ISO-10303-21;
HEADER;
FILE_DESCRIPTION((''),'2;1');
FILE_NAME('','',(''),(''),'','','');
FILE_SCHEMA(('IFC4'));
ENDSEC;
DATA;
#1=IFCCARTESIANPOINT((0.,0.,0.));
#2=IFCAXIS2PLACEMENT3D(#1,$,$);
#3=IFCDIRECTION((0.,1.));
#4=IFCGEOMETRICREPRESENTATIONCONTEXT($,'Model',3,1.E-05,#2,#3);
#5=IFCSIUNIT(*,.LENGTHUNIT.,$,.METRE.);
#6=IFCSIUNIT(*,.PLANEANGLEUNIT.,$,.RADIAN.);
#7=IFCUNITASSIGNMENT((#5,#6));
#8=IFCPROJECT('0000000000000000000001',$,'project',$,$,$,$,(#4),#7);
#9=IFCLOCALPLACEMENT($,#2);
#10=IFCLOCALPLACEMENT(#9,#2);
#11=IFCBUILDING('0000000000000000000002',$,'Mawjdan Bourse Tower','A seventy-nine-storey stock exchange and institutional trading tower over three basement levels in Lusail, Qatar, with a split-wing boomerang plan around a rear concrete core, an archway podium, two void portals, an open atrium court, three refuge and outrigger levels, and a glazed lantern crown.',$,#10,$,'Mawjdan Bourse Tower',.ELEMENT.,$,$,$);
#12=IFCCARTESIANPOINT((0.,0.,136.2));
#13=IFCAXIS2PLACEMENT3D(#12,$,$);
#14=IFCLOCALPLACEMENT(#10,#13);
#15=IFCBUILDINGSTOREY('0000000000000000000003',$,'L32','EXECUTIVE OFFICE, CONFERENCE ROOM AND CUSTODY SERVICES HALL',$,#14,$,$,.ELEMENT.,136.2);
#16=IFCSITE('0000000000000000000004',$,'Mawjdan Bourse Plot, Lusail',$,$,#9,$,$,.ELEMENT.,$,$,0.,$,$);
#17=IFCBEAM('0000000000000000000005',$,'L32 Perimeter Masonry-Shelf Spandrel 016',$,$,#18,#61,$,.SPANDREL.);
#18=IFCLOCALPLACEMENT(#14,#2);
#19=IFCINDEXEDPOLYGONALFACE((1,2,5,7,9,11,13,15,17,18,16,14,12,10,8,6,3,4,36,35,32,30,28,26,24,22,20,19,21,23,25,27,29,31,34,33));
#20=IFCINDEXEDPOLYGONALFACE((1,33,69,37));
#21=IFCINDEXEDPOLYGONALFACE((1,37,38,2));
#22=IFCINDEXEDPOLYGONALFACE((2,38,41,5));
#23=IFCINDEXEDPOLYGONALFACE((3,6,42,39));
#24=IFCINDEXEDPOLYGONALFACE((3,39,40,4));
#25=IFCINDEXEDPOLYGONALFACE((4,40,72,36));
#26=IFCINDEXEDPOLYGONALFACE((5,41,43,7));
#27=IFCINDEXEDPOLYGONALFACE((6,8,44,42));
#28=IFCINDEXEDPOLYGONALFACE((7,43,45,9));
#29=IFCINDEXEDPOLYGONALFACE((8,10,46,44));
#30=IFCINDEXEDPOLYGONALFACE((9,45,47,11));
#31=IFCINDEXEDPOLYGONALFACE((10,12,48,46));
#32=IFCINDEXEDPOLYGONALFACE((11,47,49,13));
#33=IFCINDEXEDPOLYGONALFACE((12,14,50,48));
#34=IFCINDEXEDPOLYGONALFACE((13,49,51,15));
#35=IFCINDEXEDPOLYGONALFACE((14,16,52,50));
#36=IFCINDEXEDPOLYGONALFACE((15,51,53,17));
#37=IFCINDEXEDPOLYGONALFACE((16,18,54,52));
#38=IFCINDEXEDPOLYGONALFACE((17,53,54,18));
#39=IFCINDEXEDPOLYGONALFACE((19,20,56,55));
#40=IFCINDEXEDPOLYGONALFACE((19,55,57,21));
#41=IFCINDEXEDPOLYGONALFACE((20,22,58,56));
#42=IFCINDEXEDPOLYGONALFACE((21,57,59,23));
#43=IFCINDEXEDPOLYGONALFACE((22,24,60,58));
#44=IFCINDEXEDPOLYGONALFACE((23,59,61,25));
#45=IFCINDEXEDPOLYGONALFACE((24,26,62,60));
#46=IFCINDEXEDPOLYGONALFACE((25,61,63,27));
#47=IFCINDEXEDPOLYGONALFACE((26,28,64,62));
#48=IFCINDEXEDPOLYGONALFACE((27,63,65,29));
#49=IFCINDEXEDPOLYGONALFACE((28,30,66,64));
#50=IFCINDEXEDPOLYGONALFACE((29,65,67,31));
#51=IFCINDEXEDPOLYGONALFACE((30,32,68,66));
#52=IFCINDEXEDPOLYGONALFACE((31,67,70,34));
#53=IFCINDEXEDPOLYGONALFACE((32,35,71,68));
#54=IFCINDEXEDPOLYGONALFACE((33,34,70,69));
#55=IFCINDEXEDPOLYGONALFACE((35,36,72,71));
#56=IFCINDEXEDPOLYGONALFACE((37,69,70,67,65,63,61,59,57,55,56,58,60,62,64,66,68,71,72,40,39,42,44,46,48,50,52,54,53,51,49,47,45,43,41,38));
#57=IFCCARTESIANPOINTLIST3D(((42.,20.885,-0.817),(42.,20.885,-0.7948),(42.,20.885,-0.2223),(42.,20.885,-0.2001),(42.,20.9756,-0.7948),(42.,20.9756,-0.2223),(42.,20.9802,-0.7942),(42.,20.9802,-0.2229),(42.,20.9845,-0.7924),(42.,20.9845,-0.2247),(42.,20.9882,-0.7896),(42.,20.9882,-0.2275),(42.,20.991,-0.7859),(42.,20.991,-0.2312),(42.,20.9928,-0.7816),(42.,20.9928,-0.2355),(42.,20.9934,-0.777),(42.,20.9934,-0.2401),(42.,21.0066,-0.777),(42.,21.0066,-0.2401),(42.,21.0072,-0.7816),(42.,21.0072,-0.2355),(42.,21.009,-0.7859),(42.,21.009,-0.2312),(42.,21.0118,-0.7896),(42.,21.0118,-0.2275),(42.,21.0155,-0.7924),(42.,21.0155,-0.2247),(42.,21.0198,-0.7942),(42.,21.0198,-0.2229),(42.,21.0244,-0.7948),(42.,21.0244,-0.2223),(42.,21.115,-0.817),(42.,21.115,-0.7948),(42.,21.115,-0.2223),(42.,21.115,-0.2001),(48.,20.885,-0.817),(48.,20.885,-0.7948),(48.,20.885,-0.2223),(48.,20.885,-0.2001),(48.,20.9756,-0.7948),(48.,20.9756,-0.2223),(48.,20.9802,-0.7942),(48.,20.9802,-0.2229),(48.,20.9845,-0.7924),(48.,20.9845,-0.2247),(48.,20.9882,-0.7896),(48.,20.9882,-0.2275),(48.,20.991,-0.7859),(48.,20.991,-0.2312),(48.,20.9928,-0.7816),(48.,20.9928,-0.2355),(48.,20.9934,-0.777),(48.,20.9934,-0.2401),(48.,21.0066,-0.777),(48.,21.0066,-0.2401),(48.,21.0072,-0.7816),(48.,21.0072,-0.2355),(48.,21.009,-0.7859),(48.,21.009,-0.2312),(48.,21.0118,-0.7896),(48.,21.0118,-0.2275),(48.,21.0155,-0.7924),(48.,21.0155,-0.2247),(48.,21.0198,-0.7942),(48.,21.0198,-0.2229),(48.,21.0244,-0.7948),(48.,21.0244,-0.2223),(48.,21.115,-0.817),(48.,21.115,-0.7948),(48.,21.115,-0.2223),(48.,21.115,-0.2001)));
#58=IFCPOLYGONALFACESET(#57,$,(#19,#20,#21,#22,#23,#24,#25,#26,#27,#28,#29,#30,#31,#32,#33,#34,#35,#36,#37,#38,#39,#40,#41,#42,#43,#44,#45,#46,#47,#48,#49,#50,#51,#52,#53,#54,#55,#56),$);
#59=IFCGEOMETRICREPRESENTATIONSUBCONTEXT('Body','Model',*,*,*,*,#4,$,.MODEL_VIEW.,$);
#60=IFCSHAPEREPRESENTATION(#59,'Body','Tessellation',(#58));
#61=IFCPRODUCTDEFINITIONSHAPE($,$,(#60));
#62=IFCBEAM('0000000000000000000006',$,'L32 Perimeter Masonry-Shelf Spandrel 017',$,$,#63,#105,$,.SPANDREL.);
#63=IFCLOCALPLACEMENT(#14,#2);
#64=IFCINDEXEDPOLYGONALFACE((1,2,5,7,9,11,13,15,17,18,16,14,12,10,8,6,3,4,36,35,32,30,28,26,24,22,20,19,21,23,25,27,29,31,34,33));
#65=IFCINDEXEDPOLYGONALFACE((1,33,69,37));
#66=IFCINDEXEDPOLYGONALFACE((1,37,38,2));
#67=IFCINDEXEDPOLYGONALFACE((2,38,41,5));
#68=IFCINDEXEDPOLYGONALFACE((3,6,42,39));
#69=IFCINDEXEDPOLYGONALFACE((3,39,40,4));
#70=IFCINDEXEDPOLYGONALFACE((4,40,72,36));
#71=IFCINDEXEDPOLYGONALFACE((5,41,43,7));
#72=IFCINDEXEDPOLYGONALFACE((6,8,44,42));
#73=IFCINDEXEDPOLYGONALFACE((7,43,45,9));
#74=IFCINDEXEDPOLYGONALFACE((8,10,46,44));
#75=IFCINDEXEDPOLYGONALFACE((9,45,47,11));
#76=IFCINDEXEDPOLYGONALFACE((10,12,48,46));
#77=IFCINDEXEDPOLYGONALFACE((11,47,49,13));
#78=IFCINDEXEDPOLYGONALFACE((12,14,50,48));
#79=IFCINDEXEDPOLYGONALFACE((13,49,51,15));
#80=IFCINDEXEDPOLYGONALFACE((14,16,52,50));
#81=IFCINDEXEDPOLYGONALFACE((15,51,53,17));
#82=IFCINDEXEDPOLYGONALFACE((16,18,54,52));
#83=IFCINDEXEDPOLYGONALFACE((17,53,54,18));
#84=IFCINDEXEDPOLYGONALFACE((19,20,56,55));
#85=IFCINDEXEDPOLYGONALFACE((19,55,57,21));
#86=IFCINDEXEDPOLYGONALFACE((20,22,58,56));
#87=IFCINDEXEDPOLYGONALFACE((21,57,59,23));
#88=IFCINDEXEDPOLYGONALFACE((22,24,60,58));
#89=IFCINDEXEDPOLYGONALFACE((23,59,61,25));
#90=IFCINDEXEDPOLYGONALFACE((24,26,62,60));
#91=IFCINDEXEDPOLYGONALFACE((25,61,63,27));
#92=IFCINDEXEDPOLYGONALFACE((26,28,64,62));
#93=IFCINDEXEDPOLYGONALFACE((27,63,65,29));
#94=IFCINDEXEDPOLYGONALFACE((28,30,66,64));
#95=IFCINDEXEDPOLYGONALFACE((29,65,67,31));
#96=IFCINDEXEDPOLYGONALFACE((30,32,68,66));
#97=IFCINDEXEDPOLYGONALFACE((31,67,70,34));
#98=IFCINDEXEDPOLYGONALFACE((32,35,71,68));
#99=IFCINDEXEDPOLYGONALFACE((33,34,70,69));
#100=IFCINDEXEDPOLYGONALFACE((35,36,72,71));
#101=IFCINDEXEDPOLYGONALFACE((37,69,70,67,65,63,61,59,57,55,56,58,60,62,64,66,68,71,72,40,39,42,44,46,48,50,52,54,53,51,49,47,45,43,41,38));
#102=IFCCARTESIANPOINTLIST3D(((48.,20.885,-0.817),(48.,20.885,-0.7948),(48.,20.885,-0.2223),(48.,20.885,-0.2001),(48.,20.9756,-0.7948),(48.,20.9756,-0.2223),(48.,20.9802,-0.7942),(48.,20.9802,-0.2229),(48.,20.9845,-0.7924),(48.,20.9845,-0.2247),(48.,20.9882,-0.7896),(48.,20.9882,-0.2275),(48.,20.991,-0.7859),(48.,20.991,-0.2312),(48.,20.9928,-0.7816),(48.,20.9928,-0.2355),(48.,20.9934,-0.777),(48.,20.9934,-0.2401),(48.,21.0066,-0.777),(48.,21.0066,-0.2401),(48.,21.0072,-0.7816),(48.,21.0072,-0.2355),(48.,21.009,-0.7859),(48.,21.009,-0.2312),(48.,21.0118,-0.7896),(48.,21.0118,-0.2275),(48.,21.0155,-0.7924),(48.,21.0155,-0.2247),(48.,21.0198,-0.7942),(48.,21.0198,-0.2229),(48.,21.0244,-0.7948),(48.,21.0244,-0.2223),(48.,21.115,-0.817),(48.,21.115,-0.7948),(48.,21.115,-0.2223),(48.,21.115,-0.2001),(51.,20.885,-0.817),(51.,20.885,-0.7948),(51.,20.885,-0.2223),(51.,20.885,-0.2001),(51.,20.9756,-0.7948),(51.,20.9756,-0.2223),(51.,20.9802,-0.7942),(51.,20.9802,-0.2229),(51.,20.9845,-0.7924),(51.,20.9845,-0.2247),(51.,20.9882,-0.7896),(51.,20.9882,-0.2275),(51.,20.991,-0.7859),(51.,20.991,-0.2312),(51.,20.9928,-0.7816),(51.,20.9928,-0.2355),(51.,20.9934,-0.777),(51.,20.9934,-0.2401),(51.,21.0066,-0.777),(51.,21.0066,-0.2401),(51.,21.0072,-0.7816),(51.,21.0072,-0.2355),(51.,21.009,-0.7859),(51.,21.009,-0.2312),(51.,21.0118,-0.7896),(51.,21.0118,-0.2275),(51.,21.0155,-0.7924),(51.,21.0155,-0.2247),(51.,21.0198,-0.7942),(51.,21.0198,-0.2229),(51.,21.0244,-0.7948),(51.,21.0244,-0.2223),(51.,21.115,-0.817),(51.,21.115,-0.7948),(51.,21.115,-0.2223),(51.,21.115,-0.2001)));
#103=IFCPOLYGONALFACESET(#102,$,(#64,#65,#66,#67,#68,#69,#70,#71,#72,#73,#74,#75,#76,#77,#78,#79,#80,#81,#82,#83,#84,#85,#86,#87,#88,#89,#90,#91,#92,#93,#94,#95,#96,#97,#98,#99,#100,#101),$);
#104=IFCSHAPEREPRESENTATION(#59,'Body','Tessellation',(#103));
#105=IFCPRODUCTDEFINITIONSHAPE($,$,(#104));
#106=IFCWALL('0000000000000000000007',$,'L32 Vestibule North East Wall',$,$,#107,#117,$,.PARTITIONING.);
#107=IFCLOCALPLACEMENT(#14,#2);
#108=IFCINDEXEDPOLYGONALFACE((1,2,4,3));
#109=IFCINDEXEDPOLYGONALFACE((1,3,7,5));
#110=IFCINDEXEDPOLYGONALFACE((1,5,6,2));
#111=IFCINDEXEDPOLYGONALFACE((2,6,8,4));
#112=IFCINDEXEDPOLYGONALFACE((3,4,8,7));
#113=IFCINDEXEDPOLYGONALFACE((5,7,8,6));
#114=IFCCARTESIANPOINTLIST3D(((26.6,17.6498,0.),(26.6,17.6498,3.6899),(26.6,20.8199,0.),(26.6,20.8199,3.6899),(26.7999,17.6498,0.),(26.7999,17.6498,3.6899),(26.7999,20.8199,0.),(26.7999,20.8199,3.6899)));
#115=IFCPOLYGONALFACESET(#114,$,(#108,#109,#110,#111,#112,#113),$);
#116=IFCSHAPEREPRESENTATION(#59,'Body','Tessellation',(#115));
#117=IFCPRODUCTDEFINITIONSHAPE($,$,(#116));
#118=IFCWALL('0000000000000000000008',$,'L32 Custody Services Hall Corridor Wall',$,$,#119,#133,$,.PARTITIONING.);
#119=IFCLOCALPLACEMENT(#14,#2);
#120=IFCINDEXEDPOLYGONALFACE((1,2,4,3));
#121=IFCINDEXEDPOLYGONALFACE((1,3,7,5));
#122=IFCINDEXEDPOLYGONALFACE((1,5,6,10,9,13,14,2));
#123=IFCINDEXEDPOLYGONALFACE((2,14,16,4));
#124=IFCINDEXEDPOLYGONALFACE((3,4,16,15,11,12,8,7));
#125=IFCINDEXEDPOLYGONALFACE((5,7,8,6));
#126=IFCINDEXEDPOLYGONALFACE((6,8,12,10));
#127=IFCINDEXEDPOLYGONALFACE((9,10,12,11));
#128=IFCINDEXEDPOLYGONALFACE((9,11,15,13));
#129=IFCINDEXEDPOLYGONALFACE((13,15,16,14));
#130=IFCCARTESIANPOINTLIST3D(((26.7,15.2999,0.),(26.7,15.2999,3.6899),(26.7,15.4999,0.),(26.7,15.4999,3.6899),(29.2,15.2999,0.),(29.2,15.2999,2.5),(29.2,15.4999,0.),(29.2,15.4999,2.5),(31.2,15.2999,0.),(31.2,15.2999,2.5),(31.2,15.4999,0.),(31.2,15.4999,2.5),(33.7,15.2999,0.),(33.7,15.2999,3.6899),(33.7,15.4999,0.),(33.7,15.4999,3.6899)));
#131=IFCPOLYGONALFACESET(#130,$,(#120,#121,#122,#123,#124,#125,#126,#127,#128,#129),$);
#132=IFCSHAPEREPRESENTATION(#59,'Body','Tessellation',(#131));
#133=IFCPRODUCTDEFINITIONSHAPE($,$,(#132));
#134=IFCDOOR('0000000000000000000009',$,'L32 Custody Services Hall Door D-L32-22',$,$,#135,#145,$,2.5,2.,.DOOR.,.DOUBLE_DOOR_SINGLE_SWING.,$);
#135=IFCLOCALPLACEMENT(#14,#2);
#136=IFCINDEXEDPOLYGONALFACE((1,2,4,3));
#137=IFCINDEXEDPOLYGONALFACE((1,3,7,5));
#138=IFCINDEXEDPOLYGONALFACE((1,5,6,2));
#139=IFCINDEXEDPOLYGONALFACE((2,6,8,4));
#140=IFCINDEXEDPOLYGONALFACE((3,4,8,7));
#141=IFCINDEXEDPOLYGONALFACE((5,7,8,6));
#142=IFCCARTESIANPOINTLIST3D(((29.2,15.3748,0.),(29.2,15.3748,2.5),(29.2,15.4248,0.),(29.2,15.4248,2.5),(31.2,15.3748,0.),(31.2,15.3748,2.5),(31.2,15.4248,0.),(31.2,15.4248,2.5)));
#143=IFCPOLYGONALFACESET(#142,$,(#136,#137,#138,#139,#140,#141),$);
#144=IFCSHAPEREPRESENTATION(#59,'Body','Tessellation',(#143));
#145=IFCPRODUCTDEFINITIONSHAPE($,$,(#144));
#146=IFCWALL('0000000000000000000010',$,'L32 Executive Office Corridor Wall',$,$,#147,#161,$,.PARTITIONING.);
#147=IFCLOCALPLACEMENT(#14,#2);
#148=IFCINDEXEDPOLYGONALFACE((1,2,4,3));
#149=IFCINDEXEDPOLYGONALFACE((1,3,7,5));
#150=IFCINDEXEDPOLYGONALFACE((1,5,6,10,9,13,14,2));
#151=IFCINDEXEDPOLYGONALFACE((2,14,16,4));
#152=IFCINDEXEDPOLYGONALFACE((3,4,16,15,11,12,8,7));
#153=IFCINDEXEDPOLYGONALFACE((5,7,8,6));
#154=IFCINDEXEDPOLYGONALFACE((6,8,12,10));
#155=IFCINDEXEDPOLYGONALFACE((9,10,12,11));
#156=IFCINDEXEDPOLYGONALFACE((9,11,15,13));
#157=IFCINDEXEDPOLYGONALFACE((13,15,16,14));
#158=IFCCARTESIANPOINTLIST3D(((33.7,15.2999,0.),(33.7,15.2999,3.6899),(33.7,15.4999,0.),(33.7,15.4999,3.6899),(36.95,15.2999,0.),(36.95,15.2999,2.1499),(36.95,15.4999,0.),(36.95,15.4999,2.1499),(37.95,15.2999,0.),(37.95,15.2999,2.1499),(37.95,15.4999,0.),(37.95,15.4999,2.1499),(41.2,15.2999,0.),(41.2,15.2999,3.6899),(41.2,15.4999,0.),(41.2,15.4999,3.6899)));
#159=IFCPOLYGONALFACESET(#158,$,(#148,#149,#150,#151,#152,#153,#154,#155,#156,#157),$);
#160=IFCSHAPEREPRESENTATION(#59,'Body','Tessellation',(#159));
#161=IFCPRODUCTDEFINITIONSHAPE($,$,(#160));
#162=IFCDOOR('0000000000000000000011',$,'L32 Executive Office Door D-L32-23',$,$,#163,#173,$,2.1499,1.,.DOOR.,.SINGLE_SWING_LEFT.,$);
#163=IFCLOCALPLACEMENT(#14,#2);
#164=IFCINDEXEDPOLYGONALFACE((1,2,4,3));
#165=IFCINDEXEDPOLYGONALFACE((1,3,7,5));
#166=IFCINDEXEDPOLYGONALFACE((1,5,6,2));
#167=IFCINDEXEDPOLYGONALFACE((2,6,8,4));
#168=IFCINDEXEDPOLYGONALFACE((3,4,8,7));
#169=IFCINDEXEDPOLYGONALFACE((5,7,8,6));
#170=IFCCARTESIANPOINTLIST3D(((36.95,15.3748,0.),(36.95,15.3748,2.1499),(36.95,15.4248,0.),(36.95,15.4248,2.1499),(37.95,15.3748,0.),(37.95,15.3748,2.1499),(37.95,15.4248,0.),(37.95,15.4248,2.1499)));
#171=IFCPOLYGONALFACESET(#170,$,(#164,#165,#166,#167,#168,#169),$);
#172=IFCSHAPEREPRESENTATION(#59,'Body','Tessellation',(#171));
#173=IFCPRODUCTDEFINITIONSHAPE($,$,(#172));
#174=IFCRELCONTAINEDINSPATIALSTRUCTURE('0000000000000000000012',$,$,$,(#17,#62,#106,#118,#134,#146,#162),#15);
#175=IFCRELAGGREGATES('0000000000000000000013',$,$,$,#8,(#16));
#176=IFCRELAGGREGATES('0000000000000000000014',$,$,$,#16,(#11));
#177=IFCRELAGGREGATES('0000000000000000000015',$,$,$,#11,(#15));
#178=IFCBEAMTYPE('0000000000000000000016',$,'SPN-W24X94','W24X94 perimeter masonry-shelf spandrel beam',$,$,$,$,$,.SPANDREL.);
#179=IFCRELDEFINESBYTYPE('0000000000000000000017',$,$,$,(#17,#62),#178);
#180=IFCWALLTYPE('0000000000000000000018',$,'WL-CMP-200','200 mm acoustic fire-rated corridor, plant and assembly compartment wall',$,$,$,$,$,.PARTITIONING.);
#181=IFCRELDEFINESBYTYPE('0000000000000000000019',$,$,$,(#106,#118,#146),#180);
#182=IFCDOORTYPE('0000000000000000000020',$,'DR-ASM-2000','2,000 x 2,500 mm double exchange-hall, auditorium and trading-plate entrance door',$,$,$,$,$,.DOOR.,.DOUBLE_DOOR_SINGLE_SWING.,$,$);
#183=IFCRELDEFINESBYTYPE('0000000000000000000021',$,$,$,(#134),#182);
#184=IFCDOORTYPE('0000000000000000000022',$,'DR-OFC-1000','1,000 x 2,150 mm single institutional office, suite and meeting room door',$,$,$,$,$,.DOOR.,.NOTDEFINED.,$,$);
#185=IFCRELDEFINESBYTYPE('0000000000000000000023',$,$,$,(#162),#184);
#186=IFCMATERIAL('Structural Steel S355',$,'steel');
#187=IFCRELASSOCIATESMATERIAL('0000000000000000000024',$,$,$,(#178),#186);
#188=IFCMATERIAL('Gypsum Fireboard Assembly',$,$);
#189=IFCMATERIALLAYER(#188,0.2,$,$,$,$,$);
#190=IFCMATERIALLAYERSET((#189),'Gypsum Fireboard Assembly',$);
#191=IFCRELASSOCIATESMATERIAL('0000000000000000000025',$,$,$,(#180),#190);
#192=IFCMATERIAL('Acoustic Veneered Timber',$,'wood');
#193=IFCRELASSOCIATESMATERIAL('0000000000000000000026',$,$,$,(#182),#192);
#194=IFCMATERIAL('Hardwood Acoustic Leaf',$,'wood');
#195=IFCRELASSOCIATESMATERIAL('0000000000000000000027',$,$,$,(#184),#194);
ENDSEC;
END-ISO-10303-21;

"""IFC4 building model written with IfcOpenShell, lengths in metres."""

from ifc_helpers import new_model, si_unit, direction, frame, frame_2d, origin, origin_2d, place, context, subcontext, project, spatial, rectangle, i_section, extrude, material, layer, layer_set, material_profile, profile_set, type_object, element, fill, save


model = new_model("IFC4")

# Units and contexts
model_context = context("Model", 3, precision=1e-05, world=origin(), true_north=direction((0.0, 1.0)))
body_context = subcontext(model_context, "Body", "Model", "MODEL_VIEW")
ifc_project = project(units=[si_unit("LENGTHUNIT", "METRE"), si_unit("PLANEANGLEUNIT", "RADIAN")], contexts=[model_context])

# Site, building, storey
site_placement = place(None, origin())
site = spatial("IfcSite", under=ifc_project, at=site_placement, Name="Mawjdan Bourse Plot, Lusail", CompositionType="ELEMENT", RefElevation=0.0)
building_placement = place(site_placement, origin())
building = spatial("IfcBuilding", under=site, at=building_placement, Name="Mawjdan Bourse Tower", Description="A seventy-nine-storey stock exchange and institutional trading tower over three basement levels in Lusail, Qatar, with a split-wing boomerang plan around a rear concrete core, an archway podium, two void portals, an open atrium court, three refuge and outrigger levels, and a glazed lantern crown.", LongName="Mawjdan Bourse Tower", CompositionType="ELEMENT")
storey_placement = place(building_placement, frame((0.0, 0.0, 136.2)))
storey = spatial("IfcBuildingStorey", under=building, at=storey_placement, Name="L32", Description="EXECUTIVE OFFICE, CONFERENCE ROOM AND CUSTODY SERVICES HALL", CompositionType="ELEMENT", Elevation=136.2)

# Beams
ifc_material_1 = material(Name="Structural Steel S355", Category="steel")
ifc_material_profile_1 = material_profile(ifc_material_1, i_section(OverallWidth=0.23, OverallDepth=0.6169, WebThickness=0.0132, FlangeThickness=0.0222, FilletRadius=0.0178, at=origin_2d()), Name="W24X94")
ifc_profile_set_1 = profile_set([ifc_material_profile_1], Name="Structural Steel S355")
beam_type_1 = type_object("IfcBeamType", Name="SPN-W24X94", Description="W24X94 perimeter masonry-shelf spandrel beam", PredefinedType="SPANDREL", material=ifc_profile_set_1)
beam_1_placement = place(storey_placement, frame((42.0, 21.0, -0.5085), z_axis=(1.0, 0.0, 0.0), x_axis=(0.0, 1.0, 0.0)))
element("IfcBeam", 1, at=beam_1_placement, inside=storey, type_object=beam_type_1, Name="L32 Perimeter Masonry-Shelf Spandrel 016", PredefinedType="SPANDREL", context=body_context, shape_type="SweptSolid", body=[
    extrude(i_section(OverallWidth=0.23, OverallDepth=0.6169, WebThickness=0.0132, FlangeThickness=0.0222, FilletRadius=0.0178, at=origin_2d()), origin(), (0.0, 0.0, 1.0), 6.0),
])
beam_2_placement = place(storey_placement, frame((48.0, 21.0, -0.5085), z_axis=(1.0, 0.0, 0.0), x_axis=(0.0, 1.0, 0.0)))
element("IfcBeam", 2, at=beam_2_placement, inside=storey, type_object=beam_type_1, Name="L32 Perimeter Masonry-Shelf Spandrel 017", PredefinedType="SPANDREL", context=body_context, shape_type="SweptSolid", body=[
    extrude(i_section(OverallWidth=0.23, OverallDepth=0.6169, WebThickness=0.0132, FlangeThickness=0.0222, FilletRadius=0.0178, at=origin_2d()), origin(), (0.0, 0.0, 1.0), 3.0),
])

# Wall
ifc_material_2 = material(Name="Gypsum Fireboard Assembly")
ifc_layer_1 = layer(ifc_material_2, 0.2)
ifc_layer_set_1 = layer_set([ifc_layer_1], Name="Gypsum Fireboard Assembly")
wall_type_1 = type_object("IfcWallType", Name="WL-CMP-200", Description="200 mm acoustic fire-rated corridor, plant and assembly compartment wall", PredefinedType="PARTITIONING", material=ifc_layer_set_1)
wall_1_placement = place(storey_placement, frame((26.7, 17.6499, 0.0), z_axis=(0.0, 0.0, 1.0), x_axis=(0.0, 1.0, 0.0)))
element("IfcWall", 3, at=wall_1_placement, inside=storey, type_object=wall_type_1, Name="L32 Vestibule North East Wall", PredefinedType="PARTITIONING", context=body_context, shape_type="SweptSolid", body=[
    extrude(rectangle(XDim=3.1702, YDim=0.2, at=frame_2d((1.585, 0.0))), origin(), (0.0, 0.0, 1.0), 3.6899),
])

# Walls, openings, doors
wall_2_placement = place(storey_placement, frame((26.7, 15.3999, 0.0), z_axis=(0.0, 0.0, 1.0), x_axis=(1.0, 0.0, 0.0)))
wall_2 = element("IfcWall", 4, at=wall_2_placement, inside=storey, type_object=wall_type_1, Name="L32 Custody Services Hall Corridor Wall", PredefinedType="PARTITIONING", context=body_context, shape_type="SweptSolid", body=[
    extrude(rectangle(XDim=7.0, YDim=0.2, at=frame_2d((3.5, 0.0))), origin(), (0.0, 0.0, 1.0), 3.6899),
])
opening_1_placement = place(wall_2_placement, frame((2.5, 0.0, 0.0)))
opening_1 = element("IfcOpeningElement", 5, at=opening_1_placement, cuts=wall_2, PredefinedType="OPENING", context=body_context, shape_type="SweptSolid", body=[
    extrude(rectangle(XDim=2.0, YDim=2.5, at=frame_2d((1.0, 1.25))), frame((0.0, 0.1099, 0.0), z_axis=(0.0, -1.0, 0.0), x_axis=(1.0, 0.0, 0.0)), (0.0, 0.0, 1.0), 0.22),
])
ifc_material_3 = material(Name="Acoustic Veneered Timber", Category="wood")
door_type_1 = type_object("IfcDoorType", Name="DR-ASM-2000", Description="2,000 x 2,500 mm double exchange-hall, auditorium and trading-plate entrance door", OperationType="DOUBLE_DOOR_SINGLE_SWING", PredefinedType="DOOR", material=ifc_material_3)
door_1_placement = place(opening_1_placement, origin())
door_1 = element("IfcDoor", 6, at=door_1_placement, inside=storey, type_object=door_type_1, Name="L32 Custody Services Hall Door D-L32-22", OperationType="DOUBLE_DOOR_SINGLE_SWING", OverallHeight=2.5, OverallWidth=2.0, PredefinedType="DOOR", context=body_context, shape_type="SweptSolid", body=[
    extrude(rectangle(XDim=2.0, YDim=2.5, at=frame_2d((1.0, 1.25))), frame((0.0, 0.0249, 0.0), z_axis=(0.0, -1.0, 0.0), x_axis=(1.0, 0.0, 0.0)), (0.0, 0.0, 1.0), 0.05),
])
fill(opening_1, door_1)
wall_3_placement = place(storey_placement, frame((33.7, 15.3999, 0.0), z_axis=(0.0, 0.0, 1.0), x_axis=(1.0, 0.0, 0.0)))
wall_3 = element("IfcWall", 7, at=wall_3_placement, inside=storey, type_object=wall_type_1, Name="L32 Executive Office Corridor Wall", PredefinedType="PARTITIONING", context=body_context, shape_type="SweptSolid", body=[
    extrude(rectangle(XDim=7.5, YDim=0.2, at=frame_2d((3.75, 0.0))), origin(), (0.0, 0.0, 1.0), 3.6899),
])
opening_2_placement = place(wall_3_placement, frame((3.25, 0.0, 0.0)))
opening_2 = element("IfcOpeningElement", 8, at=opening_2_placement, cuts=wall_3, PredefinedType="OPENING", context=body_context, shape_type="SweptSolid", body=[
    extrude(rectangle(XDim=1.0, YDim=2.1499, at=frame_2d((0.5, 1.075))), frame((0.0, 0.1099, 0.0), z_axis=(0.0, -1.0, 0.0), x_axis=(1.0, 0.0, 0.0)), (0.0, 0.0, 1.0), 0.22),
])
ifc_material_4 = material(Name="Hardwood Acoustic Leaf", Category="wood")
door_type_2 = type_object("IfcDoorType", Name="DR-OFC-1000", Description="1,000 x 2,150 mm single institutional office, suite and meeting room door", OperationType="NOTDEFINED", PredefinedType="DOOR", material=ifc_material_4)
door_2_placement = place(opening_2_placement, origin())
door_2 = element("IfcDoor", 9, at=door_2_placement, inside=storey, type_object=door_type_2, Name="L32 Executive Office Door D-L32-23", OperationType="SINGLE_SWING_LEFT", OverallHeight=2.1499, OverallWidth=1.0, PredefinedType="DOOR", context=body_context, shape_type="SweptSolid", body=[
    extrude(rectangle(XDim=1.0, YDim=2.1499, at=frame_2d((0.5, 1.075))), frame((0.0, 0.0249, 0.0), z_axis=(0.0, -1.0, 0.0), x_axis=(1.0, 0.0, 0.0)), (0.0, 0.0, 1.0), 0.05),
])
fill(opening_2, door_2)

save(model, "model.ifc")
